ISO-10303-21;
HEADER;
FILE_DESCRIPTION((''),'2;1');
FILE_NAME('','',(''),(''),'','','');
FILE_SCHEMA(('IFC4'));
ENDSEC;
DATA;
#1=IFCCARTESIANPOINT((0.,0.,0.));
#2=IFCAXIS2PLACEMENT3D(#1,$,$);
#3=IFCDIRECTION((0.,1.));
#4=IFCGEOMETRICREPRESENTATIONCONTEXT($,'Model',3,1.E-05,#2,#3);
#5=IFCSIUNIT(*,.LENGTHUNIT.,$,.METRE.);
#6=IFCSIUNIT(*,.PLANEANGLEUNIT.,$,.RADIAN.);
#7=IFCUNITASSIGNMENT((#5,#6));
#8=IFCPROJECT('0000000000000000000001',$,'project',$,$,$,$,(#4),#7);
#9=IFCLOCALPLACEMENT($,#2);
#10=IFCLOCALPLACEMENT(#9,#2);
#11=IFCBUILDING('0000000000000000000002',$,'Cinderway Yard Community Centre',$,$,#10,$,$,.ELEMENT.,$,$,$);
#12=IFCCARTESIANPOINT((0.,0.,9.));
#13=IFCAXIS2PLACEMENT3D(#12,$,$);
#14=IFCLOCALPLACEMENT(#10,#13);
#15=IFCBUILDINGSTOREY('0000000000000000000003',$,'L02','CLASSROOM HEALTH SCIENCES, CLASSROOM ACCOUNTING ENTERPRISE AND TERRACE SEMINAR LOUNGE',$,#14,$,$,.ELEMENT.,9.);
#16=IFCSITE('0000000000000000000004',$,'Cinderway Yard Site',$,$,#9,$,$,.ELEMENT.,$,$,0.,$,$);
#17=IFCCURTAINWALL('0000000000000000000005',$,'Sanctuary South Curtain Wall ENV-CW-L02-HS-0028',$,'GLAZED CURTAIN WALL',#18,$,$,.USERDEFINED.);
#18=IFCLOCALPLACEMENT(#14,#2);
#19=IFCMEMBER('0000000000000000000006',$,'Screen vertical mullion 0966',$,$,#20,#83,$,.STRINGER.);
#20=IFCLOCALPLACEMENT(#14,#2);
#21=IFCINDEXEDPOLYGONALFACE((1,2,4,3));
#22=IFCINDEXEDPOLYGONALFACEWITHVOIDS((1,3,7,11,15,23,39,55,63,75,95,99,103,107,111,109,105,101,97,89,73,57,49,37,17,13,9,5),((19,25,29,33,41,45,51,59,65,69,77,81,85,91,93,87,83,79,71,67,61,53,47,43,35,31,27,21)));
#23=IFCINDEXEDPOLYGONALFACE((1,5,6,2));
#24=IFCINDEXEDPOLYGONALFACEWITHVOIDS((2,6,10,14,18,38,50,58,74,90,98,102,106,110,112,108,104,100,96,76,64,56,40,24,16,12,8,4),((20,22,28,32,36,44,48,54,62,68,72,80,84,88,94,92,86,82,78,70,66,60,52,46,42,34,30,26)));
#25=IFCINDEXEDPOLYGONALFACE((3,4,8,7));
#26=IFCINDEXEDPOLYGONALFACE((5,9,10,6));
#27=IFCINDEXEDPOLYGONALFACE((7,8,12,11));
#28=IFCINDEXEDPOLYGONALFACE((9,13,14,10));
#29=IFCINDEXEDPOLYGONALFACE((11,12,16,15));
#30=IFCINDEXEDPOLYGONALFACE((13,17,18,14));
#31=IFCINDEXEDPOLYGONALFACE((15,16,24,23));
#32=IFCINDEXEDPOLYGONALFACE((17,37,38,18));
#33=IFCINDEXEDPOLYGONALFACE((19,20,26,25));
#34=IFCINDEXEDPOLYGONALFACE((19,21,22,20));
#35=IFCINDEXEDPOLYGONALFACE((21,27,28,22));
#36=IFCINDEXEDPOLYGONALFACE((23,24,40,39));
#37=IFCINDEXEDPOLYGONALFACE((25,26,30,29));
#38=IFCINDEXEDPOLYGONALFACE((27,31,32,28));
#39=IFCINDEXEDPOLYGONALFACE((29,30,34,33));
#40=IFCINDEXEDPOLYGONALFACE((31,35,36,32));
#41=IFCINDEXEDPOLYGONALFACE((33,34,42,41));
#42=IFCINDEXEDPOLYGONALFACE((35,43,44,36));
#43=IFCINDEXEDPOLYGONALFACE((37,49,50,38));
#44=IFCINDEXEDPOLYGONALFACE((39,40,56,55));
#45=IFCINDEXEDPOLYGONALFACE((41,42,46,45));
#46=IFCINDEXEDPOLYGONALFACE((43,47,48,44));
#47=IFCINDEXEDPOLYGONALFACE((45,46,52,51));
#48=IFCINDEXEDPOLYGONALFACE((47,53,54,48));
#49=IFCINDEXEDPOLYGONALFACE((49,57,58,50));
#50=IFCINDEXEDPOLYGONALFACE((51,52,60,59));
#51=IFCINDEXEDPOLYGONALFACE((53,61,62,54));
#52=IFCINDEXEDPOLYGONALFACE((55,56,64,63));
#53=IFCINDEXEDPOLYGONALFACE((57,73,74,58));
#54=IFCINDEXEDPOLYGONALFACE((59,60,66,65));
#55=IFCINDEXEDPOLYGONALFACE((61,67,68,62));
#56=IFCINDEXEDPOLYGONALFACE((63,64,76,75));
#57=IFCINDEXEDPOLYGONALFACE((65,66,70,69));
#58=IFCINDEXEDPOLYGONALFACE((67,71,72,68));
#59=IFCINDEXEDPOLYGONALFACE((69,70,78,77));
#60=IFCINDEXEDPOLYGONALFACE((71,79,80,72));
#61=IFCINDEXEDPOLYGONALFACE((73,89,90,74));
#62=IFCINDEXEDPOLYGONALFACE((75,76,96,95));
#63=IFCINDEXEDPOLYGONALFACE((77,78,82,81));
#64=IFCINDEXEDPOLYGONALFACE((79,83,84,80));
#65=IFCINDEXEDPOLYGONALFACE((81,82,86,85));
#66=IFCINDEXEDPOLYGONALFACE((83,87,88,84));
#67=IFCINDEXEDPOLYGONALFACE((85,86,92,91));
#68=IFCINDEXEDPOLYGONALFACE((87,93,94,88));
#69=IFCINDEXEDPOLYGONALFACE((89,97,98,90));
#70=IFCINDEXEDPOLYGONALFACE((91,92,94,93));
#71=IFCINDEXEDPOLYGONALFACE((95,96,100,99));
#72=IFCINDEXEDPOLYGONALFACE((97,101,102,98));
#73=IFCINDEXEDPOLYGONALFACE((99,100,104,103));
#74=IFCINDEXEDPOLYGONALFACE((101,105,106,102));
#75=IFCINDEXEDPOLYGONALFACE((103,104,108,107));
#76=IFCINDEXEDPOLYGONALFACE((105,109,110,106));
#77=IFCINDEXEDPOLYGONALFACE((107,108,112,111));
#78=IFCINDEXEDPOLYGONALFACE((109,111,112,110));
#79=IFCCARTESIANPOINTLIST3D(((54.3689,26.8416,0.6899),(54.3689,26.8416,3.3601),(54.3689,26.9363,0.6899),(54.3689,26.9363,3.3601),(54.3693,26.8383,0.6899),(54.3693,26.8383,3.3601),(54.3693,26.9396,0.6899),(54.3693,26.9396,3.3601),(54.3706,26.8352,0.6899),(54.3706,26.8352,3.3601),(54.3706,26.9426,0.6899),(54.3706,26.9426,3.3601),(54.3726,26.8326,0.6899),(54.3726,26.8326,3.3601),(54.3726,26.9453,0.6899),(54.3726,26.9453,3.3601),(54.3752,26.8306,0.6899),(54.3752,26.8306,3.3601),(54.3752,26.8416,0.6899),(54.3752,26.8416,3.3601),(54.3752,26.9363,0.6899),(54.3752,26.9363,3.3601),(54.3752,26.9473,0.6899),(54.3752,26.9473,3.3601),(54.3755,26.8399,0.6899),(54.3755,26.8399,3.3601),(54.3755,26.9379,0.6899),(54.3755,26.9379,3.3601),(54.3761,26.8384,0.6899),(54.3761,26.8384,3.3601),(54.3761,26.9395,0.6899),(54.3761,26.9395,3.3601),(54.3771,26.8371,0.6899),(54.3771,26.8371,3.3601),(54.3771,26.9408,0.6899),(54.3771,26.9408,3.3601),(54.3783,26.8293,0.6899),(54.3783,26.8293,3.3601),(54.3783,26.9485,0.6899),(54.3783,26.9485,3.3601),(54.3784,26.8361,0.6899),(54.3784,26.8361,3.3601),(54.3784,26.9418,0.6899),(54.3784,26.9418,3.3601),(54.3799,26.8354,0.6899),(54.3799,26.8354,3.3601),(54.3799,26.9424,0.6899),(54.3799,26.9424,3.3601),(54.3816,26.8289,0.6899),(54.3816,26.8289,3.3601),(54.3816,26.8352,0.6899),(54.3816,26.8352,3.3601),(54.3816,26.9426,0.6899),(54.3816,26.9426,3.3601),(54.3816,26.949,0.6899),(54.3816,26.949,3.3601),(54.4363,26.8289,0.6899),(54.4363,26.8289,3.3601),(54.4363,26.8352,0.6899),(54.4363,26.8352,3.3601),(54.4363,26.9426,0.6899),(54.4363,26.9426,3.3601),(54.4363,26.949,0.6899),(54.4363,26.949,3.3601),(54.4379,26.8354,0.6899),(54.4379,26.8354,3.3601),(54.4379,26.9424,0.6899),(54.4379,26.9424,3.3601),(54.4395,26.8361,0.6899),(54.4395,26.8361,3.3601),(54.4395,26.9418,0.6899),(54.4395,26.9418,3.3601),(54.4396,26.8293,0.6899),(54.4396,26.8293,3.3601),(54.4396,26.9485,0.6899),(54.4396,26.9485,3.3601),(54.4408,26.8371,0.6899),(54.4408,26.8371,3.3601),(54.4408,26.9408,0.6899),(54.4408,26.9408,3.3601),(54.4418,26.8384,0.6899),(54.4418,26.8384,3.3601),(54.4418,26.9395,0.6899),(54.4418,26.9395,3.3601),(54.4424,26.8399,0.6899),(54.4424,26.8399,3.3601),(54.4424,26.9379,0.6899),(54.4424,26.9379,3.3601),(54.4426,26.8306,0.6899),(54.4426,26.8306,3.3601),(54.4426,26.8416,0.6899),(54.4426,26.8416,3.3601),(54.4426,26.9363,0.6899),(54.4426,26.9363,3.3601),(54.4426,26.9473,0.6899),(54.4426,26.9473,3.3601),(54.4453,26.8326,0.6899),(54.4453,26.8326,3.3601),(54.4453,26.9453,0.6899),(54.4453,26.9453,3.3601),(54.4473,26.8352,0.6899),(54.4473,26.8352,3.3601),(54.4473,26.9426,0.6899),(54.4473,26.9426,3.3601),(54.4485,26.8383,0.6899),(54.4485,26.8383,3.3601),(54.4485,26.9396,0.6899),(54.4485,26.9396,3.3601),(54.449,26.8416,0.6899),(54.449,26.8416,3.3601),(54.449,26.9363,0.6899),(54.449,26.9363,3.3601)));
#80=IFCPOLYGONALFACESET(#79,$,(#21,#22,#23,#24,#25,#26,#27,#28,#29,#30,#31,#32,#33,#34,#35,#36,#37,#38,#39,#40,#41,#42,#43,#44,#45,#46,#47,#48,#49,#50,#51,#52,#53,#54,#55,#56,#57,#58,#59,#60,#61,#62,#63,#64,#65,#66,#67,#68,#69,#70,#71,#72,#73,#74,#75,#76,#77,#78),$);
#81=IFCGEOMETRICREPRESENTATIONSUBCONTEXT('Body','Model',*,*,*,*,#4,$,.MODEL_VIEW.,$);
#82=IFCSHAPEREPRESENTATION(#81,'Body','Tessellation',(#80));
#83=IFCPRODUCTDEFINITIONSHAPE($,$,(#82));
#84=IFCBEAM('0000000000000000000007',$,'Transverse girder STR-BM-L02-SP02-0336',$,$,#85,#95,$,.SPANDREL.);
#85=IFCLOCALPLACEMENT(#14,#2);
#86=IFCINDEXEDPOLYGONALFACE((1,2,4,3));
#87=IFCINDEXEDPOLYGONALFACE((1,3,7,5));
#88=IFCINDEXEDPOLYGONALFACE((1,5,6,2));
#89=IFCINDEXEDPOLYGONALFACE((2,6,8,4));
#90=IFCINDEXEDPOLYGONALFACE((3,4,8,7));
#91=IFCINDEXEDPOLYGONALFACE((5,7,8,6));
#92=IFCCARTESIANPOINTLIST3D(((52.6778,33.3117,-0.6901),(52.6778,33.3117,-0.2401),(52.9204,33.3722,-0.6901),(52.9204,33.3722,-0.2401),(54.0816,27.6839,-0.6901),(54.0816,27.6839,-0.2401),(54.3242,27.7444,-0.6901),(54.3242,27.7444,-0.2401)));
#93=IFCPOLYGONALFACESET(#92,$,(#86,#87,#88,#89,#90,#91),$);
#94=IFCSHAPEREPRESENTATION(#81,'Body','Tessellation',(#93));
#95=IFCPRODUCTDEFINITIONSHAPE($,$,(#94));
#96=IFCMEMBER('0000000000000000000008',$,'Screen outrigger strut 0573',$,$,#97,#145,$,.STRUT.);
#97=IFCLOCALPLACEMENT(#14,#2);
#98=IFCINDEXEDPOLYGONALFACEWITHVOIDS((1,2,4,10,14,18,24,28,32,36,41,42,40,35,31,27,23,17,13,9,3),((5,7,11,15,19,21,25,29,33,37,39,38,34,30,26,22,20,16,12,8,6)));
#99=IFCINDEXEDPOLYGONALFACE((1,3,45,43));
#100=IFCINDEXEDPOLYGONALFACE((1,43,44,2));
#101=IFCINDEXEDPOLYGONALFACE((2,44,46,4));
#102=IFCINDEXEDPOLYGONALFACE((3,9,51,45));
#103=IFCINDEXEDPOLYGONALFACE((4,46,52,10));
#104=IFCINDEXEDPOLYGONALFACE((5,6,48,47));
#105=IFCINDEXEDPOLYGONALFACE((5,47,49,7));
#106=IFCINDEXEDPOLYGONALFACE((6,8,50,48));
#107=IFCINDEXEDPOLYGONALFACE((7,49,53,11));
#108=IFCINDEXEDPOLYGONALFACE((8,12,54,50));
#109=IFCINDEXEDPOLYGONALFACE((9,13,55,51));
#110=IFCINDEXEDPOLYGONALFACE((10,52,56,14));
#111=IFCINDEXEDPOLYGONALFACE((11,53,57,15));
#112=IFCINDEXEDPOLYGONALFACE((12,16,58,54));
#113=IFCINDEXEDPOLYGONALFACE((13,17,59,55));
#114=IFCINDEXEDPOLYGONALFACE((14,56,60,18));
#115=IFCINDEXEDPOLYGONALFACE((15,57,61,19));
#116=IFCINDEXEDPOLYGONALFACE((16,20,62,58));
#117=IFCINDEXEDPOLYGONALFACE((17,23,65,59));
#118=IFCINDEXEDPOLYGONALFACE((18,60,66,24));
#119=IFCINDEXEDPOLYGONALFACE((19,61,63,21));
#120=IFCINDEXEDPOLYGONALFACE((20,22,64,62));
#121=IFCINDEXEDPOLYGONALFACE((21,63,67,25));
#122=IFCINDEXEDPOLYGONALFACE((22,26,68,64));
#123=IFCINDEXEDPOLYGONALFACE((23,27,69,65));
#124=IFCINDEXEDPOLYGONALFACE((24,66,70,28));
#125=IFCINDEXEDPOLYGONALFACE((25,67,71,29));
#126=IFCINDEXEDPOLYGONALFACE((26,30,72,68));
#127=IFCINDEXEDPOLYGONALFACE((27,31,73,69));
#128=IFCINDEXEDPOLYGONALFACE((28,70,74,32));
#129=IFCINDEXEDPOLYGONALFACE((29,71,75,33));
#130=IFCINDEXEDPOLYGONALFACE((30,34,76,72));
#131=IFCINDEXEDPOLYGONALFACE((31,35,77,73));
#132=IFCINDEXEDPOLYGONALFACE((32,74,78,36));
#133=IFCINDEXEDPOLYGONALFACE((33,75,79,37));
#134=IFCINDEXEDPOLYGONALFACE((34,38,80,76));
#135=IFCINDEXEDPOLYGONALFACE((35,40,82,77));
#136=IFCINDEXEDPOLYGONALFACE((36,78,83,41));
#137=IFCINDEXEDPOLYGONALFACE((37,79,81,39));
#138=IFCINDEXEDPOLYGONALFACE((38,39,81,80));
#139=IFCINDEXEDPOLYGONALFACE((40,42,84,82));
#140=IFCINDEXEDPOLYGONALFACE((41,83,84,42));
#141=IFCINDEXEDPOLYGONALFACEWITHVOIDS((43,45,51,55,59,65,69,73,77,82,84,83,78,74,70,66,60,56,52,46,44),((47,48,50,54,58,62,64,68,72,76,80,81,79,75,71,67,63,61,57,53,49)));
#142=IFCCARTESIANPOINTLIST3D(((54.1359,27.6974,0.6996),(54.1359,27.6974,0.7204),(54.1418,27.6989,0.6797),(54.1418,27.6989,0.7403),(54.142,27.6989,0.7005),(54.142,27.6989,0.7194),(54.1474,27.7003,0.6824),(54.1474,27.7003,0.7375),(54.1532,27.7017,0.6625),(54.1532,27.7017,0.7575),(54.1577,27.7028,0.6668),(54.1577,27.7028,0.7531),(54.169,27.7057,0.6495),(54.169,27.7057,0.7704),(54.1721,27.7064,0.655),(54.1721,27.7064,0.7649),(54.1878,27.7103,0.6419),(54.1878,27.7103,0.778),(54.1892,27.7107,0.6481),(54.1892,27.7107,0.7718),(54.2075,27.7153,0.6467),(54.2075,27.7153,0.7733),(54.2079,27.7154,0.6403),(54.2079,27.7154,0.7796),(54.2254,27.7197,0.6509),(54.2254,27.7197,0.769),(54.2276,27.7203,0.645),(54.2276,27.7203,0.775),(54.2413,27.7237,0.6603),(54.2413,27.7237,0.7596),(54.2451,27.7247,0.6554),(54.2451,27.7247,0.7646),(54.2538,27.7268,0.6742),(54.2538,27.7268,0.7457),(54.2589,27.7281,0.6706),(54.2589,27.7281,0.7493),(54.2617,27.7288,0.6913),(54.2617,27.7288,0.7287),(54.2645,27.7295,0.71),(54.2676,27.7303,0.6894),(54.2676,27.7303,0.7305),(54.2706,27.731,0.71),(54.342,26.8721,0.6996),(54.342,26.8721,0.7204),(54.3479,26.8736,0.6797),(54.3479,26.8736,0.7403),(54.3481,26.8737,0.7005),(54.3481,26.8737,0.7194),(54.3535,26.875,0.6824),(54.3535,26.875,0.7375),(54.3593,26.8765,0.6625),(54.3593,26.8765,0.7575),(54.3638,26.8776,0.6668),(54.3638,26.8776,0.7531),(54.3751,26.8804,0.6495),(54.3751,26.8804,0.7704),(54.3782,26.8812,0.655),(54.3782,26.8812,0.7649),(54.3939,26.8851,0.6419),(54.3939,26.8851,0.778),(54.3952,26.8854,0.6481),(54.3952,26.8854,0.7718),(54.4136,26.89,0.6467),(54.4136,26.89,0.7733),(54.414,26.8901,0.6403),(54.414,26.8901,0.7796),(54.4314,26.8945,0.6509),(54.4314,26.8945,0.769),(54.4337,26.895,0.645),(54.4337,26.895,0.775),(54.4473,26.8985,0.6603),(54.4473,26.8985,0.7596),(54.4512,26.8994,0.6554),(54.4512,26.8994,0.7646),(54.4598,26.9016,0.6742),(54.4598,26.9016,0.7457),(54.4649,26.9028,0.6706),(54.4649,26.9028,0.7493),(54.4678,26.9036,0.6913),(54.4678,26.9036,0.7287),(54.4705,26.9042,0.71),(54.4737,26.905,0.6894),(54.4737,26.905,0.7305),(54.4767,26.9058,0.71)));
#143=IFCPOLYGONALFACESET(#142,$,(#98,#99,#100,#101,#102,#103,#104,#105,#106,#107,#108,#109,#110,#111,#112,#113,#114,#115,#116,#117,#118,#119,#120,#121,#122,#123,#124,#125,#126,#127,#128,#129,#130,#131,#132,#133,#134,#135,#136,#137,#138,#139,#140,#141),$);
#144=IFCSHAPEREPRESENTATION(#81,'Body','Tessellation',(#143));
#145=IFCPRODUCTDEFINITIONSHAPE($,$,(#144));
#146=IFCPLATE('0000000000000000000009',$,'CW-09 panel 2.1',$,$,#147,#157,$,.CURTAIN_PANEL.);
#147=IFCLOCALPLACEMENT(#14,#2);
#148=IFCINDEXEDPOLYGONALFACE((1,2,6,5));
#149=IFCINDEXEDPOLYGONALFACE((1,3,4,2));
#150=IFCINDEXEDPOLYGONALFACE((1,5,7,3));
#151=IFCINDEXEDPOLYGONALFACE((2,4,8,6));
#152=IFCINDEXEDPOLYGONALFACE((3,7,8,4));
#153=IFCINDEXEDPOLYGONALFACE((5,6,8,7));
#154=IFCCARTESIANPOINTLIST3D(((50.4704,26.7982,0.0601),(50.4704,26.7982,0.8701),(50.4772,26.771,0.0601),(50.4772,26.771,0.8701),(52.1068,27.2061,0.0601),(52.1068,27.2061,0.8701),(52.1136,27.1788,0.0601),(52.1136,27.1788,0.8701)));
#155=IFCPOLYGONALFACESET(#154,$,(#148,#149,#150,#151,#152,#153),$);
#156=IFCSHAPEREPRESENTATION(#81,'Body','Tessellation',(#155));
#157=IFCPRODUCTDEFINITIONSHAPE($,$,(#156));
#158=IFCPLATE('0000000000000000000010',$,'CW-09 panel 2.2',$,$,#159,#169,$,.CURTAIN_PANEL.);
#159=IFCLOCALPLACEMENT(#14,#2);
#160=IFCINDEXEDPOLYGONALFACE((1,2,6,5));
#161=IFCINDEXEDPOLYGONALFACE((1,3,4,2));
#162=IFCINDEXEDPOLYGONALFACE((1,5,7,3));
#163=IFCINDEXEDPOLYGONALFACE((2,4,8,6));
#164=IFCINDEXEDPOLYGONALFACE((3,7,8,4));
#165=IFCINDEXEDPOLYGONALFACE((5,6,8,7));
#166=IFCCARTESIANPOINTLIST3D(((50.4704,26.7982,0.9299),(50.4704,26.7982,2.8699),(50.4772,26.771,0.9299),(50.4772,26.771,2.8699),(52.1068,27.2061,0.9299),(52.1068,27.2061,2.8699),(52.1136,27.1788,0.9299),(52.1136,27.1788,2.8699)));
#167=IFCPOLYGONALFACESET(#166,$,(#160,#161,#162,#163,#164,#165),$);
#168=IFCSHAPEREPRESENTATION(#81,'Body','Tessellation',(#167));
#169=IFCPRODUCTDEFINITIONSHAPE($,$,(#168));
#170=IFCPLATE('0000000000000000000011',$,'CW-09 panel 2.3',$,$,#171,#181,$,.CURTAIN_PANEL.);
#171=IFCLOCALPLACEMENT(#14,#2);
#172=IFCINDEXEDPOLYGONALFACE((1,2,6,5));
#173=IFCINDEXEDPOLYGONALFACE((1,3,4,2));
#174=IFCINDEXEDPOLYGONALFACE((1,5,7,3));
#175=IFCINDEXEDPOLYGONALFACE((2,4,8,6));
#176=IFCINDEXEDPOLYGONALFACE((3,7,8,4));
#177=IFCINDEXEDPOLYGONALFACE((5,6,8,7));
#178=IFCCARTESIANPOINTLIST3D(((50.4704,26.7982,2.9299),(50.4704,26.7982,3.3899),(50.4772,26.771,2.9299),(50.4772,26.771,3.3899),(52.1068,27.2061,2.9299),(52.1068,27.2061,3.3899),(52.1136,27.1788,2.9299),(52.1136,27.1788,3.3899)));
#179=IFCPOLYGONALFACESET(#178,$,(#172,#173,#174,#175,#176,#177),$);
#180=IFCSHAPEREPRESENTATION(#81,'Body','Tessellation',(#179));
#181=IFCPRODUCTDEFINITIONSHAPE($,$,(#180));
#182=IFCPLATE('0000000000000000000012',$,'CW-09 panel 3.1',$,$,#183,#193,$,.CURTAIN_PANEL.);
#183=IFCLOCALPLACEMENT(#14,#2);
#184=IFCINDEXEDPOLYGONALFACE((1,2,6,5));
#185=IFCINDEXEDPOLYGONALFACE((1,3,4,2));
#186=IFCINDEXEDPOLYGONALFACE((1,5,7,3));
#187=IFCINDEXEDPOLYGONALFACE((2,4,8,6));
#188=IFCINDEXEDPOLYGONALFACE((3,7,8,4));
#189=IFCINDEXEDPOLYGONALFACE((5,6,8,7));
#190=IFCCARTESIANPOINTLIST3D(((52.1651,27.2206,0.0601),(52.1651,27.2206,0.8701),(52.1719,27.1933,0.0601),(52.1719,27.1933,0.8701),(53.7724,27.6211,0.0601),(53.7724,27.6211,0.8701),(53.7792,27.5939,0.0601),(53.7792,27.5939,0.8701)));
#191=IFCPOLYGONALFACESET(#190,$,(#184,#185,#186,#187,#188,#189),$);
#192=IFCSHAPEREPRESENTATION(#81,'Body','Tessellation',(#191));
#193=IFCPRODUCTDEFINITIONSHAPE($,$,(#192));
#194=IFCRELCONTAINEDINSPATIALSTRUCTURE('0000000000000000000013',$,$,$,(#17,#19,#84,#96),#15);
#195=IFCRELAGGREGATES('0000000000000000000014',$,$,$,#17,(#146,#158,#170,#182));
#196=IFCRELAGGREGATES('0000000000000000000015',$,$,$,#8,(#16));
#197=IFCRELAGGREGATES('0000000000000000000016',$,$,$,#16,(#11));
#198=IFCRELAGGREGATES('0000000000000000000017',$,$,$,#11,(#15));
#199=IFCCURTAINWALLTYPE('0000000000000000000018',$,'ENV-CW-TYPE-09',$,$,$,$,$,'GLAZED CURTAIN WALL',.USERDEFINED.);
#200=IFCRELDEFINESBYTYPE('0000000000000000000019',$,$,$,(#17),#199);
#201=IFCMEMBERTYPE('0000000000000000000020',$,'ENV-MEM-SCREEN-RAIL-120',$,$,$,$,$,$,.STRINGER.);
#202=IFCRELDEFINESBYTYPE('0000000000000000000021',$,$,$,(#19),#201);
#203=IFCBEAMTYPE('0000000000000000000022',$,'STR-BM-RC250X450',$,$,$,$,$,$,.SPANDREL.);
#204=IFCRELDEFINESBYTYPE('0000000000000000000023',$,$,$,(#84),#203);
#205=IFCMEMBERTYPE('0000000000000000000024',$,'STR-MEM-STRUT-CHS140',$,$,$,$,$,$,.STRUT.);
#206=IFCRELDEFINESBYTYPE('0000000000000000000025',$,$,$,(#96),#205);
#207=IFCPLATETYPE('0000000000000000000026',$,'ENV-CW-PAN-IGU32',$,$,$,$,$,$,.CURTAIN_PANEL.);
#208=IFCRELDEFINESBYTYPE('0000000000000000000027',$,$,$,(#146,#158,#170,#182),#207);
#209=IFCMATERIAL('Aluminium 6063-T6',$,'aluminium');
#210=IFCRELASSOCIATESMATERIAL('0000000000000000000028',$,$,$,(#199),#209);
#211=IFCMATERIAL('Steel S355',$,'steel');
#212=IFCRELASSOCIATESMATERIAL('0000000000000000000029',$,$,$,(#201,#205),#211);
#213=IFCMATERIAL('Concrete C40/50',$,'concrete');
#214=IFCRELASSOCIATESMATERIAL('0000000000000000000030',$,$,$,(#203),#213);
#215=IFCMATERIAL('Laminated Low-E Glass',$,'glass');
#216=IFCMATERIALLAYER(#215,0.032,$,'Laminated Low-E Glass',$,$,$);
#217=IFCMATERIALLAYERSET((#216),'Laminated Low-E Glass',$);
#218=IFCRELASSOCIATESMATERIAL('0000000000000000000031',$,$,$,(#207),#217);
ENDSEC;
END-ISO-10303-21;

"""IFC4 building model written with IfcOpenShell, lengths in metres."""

from ifc_helpers import new_model, si_unit, direction, frame, origin, origin_2d, place, context, subcontext, project, spatial, rectangle, hollow_rectangle, hollow_circle, extrude, material, layer, layer_set, material_profile, profile_set, type_object, element, aggregate, save


model = new_model("IFC4")

# Units and contexts
model_context = context("Model", 3, precision=1e-05, world=origin(), true_north=direction((0.0, 1.0)))
body_context = subcontext(model_context, "Body", "Model", "MODEL_VIEW")
ifc_project = project(units=[si_unit("LENGTHUNIT", "METRE"), si_unit("PLANEANGLEUNIT", "RADIAN")], contexts=[model_context])

# Site, building, storey
site_placement = place(None, origin())
site = spatial("IfcSite", under=ifc_project, at=site_placement, Name="Cinderway Yard Site", CompositionType="ELEMENT", RefElevation=0.0)
building_placement = place(site_placement, origin())
building = spatial("IfcBuilding", under=site, at=building_placement, Name="Cinderway Yard Community Centre", CompositionType="ELEMENT")
storey_placement = place(building_placement, frame((0.0, 0.0, 9.0)))
storey = spatial("IfcBuildingStorey", under=building, at=storey_placement, Name="L02", Description="CLASSROOM HEALTH SCIENCES, CLASSROOM ACCOUNTING ENTERPRISE AND TERRACE SEMINAR LOUNGE", CompositionType="ELEMENT", Elevation=9.0)

# Shared definitions
ifc_material_1 = material(Name="Concrete C40/50", Category="concrete")

# Curtain wall
ifc_material_2 = material(Name="Aluminium 6063-T6", Category="aluminium")
curtain_wall_type = type_object("IfcCurtainWallType", Name="ENV-CW-TYPE-09", ElementType="GLAZED CURTAIN WALL", PredefinedType="USERDEFINED", material=ifc_material_2)
curtain_wall_placement = place(storey_placement, origin())
curtain_wall = element("IfcCurtainWall", 1, at=curtain_wall_placement, inside=storey, type_object=curtain_wall_type, Name="Sanctuary South Curtain Wall ENV-CW-L02-HS-0028", ObjectType="GLAZED CURTAIN WALL", PredefinedType="USERDEFINED")

# Member
ifc_material_3 = material(Name="Steel S355", Category="steel")
ifc_material_profile_1 = material_profile(ifc_material_3, hollow_rectangle(XDim=0.0801, YDim=0.1201, WallThickness=0.0063, InnerFilletRadius=0.0063, OuterFilletRadius=0.0127, at=origin_2d()), Name="Steel S355")
ifc_profile_set_1 = profile_set([ifc_material_profile_1], Name="Steel S355")
member_type_1 = type_object("IfcMemberType", Name="ENV-MEM-SCREEN-RAIL-120", PredefinedType="STRINGER", material=ifc_profile_set_1)
for number, where, z_axis, x_axis, name in (
    (2, (54.4089, 26.8889, 0.6899), (0.0, 0.0, 1.0), (1.0, 0.0, 0.0), "Screen vertical mullion 0966"),
):
    element("IfcMember", number, at=place(storey_placement, frame(where, z_axis=z_axis, x_axis=x_axis)), inside=storey, type_object=member_type_1, Name=name, PredefinedType="STRINGER", context=body_context, shape_type="SweptSolid", body=[
        extrude(hollow_rectangle(XDim=0.0801, YDim=0.1201, WallThickness=0.0063, InnerFilletRadius=0.0063, OuterFilletRadius=0.0127, at=origin_2d()), origin(), (0.0, 0.0, 1.0), 2.6702),
    ])

# Beam
ifc_material_profile_2 = material_profile(ifc_material_1, rectangle(XDim=0.25, YDim=0.45, at=origin_2d()), Name="Concrete C40/50")
ifc_profile_set_2 = profile_set([ifc_material_profile_2], Name="Concrete C40/50")
beam_type = type_object("IfcBeamType", Name="STR-BM-RC250X450", PredefinedType="SPANDREL", material=ifc_profile_set_2)
beam_placement = place(storey_placement, frame((54.2029, 27.7141, -0.4651), z_axis=(-0.242021, 0.970271, 0.0), x_axis=(-0.970271, -0.242021, 0.0)))
element("IfcBeam", 3, at=beam_placement, inside=storey, type_object=beam_type, Name="Transverse girder STR-BM-L02-SP02-0336", PredefinedType="SPANDREL", context=body_context, shape_type="SweptSolid", body=[
    extrude(rectangle(XDim=0.25, YDim=0.45, at=origin_2d()), origin(), (0.0, 0.0, 1.0), 5.8003),
])

# Member
ifc_material_profile_3 = material_profile(ifc_material_3, hollow_circle(Radius=0.0698, WallThickness=0.0063, at=origin_2d()), Name="Steel S355")
ifc_profile_set_3 = profile_set([ifc_material_profile_3], Name="Steel S355")
member_type_2 = type_object("IfcMemberType", Name="STR-MEM-STRUT-CHS140", PredefinedType="STRUT", material=ifc_profile_set_3)
member_1_placement = place(storey_placement, frame((54.2029, 27.7141, 0.71), z_axis=(0.242265, -0.97021, 0.0), x_axis=(0.97021, 0.242265, 0.0)))
element("IfcMember", 4, at=member_1_placement, inside=storey, type_object=member_type_2, Name="Screen outrigger strut 0573", PredefinedType="STRUT", context=body_context, shape_type="SweptSolid", body=[
    extrude(hollow_circle(Radius=0.0698, WallThickness=0.0063, at=origin_2d()), origin(), (0.0, 0.0, 1.0), 0.8506),
])

# Plates
ifc_material_4 = material(Name="Laminated Low-E Glass", Category="glass")
ifc_layer_1 = layer(ifc_material_4, 0.032, Name="Laminated Low-E Glass")
ifc_layer_set_1 = layer_set([ifc_layer_1], Name="Laminated Low-E Glass")
plate_type_1 = type_object("IfcPlateType", Name="ENV-CW-PAN-IGU32", PredefinedType="CURTAIN_PANEL", material=ifc_layer_set_1)
plate_1_placement = place(storey_placement, frame((51.292, 26.9885, 0.0601), z_axis=(0.0, 0.0, 1.0), x_axis=(0.970322, 0.241817, 0.0)))
plate_1 = element("IfcPlate", 5, at=plate_1_placement, type_object=plate_type_1, Name="CW-09 panel 2.1", PredefinedType="CURTAIN_PANEL", context=body_context, shape_type="SweptSolid", body=[
    extrude(rectangle(XDim=1.6865, YDim=0.0281, at=origin_2d()), origin(), (0.0, 0.0, 1.0), 0.8101),
])
plate_2_placement = place(storey_placement, frame((51.292, 26.9885, 0.9299), z_axis=(0.0, 0.0, 1.0), x_axis=(0.970322, 0.241817, 0.0)))
plate_2 = element("IfcPlate", 6, at=plate_2_placement, type_object=plate_type_1, Name="CW-09 panel 2.2", PredefinedType="CURTAIN_PANEL", context=body_context, shape_type="SweptSolid", body=[
    extrude(rectangle(XDim=1.6865, YDim=0.0281, at=origin_2d()), origin(), (0.0, 0.0, 1.0), 1.9399),
])
plate_3_placement = place(storey_placement, frame((51.292, 26.9885, 2.9299), z_axis=(0.0, 0.0, 1.0), x_axis=(0.970322, 0.241817, 0.0)))
plate_3 = element("IfcPlate", 7, at=plate_3_placement, type_object=plate_type_1, Name="CW-09 panel 2.3", PredefinedType="CURTAIN_PANEL", context=body_context, shape_type="SweptSolid", body=[
    extrude(rectangle(XDim=1.6865, YDim=0.0281, at=origin_2d()), origin(), (0.0, 0.0, 1.0), 0.46),
])
plate_4_placement = place(storey_placement, frame((52.9722, 27.4072, 0.0601), z_axis=(0.0, 0.0, 1.0), x_axis=(0.970322, 0.241817, 0.0)))
plate_4 = element("IfcPlate", 8, at=plate_4_placement, type_object=plate_type_1, Name="CW-09 panel 3.1", PredefinedType="CURTAIN_PANEL", context=body_context, shape_type="SweptSolid", body=[
    extrude(rectangle(XDim=1.6565, YDim=0.0281, at=origin_2d()), origin(), (0.0, 0.0, 1.0), 0.8101),
])
aggregate(curtain_wall, [plate_1, plate_2, plate_3, plate_4])

save(model, "model.ifc")
